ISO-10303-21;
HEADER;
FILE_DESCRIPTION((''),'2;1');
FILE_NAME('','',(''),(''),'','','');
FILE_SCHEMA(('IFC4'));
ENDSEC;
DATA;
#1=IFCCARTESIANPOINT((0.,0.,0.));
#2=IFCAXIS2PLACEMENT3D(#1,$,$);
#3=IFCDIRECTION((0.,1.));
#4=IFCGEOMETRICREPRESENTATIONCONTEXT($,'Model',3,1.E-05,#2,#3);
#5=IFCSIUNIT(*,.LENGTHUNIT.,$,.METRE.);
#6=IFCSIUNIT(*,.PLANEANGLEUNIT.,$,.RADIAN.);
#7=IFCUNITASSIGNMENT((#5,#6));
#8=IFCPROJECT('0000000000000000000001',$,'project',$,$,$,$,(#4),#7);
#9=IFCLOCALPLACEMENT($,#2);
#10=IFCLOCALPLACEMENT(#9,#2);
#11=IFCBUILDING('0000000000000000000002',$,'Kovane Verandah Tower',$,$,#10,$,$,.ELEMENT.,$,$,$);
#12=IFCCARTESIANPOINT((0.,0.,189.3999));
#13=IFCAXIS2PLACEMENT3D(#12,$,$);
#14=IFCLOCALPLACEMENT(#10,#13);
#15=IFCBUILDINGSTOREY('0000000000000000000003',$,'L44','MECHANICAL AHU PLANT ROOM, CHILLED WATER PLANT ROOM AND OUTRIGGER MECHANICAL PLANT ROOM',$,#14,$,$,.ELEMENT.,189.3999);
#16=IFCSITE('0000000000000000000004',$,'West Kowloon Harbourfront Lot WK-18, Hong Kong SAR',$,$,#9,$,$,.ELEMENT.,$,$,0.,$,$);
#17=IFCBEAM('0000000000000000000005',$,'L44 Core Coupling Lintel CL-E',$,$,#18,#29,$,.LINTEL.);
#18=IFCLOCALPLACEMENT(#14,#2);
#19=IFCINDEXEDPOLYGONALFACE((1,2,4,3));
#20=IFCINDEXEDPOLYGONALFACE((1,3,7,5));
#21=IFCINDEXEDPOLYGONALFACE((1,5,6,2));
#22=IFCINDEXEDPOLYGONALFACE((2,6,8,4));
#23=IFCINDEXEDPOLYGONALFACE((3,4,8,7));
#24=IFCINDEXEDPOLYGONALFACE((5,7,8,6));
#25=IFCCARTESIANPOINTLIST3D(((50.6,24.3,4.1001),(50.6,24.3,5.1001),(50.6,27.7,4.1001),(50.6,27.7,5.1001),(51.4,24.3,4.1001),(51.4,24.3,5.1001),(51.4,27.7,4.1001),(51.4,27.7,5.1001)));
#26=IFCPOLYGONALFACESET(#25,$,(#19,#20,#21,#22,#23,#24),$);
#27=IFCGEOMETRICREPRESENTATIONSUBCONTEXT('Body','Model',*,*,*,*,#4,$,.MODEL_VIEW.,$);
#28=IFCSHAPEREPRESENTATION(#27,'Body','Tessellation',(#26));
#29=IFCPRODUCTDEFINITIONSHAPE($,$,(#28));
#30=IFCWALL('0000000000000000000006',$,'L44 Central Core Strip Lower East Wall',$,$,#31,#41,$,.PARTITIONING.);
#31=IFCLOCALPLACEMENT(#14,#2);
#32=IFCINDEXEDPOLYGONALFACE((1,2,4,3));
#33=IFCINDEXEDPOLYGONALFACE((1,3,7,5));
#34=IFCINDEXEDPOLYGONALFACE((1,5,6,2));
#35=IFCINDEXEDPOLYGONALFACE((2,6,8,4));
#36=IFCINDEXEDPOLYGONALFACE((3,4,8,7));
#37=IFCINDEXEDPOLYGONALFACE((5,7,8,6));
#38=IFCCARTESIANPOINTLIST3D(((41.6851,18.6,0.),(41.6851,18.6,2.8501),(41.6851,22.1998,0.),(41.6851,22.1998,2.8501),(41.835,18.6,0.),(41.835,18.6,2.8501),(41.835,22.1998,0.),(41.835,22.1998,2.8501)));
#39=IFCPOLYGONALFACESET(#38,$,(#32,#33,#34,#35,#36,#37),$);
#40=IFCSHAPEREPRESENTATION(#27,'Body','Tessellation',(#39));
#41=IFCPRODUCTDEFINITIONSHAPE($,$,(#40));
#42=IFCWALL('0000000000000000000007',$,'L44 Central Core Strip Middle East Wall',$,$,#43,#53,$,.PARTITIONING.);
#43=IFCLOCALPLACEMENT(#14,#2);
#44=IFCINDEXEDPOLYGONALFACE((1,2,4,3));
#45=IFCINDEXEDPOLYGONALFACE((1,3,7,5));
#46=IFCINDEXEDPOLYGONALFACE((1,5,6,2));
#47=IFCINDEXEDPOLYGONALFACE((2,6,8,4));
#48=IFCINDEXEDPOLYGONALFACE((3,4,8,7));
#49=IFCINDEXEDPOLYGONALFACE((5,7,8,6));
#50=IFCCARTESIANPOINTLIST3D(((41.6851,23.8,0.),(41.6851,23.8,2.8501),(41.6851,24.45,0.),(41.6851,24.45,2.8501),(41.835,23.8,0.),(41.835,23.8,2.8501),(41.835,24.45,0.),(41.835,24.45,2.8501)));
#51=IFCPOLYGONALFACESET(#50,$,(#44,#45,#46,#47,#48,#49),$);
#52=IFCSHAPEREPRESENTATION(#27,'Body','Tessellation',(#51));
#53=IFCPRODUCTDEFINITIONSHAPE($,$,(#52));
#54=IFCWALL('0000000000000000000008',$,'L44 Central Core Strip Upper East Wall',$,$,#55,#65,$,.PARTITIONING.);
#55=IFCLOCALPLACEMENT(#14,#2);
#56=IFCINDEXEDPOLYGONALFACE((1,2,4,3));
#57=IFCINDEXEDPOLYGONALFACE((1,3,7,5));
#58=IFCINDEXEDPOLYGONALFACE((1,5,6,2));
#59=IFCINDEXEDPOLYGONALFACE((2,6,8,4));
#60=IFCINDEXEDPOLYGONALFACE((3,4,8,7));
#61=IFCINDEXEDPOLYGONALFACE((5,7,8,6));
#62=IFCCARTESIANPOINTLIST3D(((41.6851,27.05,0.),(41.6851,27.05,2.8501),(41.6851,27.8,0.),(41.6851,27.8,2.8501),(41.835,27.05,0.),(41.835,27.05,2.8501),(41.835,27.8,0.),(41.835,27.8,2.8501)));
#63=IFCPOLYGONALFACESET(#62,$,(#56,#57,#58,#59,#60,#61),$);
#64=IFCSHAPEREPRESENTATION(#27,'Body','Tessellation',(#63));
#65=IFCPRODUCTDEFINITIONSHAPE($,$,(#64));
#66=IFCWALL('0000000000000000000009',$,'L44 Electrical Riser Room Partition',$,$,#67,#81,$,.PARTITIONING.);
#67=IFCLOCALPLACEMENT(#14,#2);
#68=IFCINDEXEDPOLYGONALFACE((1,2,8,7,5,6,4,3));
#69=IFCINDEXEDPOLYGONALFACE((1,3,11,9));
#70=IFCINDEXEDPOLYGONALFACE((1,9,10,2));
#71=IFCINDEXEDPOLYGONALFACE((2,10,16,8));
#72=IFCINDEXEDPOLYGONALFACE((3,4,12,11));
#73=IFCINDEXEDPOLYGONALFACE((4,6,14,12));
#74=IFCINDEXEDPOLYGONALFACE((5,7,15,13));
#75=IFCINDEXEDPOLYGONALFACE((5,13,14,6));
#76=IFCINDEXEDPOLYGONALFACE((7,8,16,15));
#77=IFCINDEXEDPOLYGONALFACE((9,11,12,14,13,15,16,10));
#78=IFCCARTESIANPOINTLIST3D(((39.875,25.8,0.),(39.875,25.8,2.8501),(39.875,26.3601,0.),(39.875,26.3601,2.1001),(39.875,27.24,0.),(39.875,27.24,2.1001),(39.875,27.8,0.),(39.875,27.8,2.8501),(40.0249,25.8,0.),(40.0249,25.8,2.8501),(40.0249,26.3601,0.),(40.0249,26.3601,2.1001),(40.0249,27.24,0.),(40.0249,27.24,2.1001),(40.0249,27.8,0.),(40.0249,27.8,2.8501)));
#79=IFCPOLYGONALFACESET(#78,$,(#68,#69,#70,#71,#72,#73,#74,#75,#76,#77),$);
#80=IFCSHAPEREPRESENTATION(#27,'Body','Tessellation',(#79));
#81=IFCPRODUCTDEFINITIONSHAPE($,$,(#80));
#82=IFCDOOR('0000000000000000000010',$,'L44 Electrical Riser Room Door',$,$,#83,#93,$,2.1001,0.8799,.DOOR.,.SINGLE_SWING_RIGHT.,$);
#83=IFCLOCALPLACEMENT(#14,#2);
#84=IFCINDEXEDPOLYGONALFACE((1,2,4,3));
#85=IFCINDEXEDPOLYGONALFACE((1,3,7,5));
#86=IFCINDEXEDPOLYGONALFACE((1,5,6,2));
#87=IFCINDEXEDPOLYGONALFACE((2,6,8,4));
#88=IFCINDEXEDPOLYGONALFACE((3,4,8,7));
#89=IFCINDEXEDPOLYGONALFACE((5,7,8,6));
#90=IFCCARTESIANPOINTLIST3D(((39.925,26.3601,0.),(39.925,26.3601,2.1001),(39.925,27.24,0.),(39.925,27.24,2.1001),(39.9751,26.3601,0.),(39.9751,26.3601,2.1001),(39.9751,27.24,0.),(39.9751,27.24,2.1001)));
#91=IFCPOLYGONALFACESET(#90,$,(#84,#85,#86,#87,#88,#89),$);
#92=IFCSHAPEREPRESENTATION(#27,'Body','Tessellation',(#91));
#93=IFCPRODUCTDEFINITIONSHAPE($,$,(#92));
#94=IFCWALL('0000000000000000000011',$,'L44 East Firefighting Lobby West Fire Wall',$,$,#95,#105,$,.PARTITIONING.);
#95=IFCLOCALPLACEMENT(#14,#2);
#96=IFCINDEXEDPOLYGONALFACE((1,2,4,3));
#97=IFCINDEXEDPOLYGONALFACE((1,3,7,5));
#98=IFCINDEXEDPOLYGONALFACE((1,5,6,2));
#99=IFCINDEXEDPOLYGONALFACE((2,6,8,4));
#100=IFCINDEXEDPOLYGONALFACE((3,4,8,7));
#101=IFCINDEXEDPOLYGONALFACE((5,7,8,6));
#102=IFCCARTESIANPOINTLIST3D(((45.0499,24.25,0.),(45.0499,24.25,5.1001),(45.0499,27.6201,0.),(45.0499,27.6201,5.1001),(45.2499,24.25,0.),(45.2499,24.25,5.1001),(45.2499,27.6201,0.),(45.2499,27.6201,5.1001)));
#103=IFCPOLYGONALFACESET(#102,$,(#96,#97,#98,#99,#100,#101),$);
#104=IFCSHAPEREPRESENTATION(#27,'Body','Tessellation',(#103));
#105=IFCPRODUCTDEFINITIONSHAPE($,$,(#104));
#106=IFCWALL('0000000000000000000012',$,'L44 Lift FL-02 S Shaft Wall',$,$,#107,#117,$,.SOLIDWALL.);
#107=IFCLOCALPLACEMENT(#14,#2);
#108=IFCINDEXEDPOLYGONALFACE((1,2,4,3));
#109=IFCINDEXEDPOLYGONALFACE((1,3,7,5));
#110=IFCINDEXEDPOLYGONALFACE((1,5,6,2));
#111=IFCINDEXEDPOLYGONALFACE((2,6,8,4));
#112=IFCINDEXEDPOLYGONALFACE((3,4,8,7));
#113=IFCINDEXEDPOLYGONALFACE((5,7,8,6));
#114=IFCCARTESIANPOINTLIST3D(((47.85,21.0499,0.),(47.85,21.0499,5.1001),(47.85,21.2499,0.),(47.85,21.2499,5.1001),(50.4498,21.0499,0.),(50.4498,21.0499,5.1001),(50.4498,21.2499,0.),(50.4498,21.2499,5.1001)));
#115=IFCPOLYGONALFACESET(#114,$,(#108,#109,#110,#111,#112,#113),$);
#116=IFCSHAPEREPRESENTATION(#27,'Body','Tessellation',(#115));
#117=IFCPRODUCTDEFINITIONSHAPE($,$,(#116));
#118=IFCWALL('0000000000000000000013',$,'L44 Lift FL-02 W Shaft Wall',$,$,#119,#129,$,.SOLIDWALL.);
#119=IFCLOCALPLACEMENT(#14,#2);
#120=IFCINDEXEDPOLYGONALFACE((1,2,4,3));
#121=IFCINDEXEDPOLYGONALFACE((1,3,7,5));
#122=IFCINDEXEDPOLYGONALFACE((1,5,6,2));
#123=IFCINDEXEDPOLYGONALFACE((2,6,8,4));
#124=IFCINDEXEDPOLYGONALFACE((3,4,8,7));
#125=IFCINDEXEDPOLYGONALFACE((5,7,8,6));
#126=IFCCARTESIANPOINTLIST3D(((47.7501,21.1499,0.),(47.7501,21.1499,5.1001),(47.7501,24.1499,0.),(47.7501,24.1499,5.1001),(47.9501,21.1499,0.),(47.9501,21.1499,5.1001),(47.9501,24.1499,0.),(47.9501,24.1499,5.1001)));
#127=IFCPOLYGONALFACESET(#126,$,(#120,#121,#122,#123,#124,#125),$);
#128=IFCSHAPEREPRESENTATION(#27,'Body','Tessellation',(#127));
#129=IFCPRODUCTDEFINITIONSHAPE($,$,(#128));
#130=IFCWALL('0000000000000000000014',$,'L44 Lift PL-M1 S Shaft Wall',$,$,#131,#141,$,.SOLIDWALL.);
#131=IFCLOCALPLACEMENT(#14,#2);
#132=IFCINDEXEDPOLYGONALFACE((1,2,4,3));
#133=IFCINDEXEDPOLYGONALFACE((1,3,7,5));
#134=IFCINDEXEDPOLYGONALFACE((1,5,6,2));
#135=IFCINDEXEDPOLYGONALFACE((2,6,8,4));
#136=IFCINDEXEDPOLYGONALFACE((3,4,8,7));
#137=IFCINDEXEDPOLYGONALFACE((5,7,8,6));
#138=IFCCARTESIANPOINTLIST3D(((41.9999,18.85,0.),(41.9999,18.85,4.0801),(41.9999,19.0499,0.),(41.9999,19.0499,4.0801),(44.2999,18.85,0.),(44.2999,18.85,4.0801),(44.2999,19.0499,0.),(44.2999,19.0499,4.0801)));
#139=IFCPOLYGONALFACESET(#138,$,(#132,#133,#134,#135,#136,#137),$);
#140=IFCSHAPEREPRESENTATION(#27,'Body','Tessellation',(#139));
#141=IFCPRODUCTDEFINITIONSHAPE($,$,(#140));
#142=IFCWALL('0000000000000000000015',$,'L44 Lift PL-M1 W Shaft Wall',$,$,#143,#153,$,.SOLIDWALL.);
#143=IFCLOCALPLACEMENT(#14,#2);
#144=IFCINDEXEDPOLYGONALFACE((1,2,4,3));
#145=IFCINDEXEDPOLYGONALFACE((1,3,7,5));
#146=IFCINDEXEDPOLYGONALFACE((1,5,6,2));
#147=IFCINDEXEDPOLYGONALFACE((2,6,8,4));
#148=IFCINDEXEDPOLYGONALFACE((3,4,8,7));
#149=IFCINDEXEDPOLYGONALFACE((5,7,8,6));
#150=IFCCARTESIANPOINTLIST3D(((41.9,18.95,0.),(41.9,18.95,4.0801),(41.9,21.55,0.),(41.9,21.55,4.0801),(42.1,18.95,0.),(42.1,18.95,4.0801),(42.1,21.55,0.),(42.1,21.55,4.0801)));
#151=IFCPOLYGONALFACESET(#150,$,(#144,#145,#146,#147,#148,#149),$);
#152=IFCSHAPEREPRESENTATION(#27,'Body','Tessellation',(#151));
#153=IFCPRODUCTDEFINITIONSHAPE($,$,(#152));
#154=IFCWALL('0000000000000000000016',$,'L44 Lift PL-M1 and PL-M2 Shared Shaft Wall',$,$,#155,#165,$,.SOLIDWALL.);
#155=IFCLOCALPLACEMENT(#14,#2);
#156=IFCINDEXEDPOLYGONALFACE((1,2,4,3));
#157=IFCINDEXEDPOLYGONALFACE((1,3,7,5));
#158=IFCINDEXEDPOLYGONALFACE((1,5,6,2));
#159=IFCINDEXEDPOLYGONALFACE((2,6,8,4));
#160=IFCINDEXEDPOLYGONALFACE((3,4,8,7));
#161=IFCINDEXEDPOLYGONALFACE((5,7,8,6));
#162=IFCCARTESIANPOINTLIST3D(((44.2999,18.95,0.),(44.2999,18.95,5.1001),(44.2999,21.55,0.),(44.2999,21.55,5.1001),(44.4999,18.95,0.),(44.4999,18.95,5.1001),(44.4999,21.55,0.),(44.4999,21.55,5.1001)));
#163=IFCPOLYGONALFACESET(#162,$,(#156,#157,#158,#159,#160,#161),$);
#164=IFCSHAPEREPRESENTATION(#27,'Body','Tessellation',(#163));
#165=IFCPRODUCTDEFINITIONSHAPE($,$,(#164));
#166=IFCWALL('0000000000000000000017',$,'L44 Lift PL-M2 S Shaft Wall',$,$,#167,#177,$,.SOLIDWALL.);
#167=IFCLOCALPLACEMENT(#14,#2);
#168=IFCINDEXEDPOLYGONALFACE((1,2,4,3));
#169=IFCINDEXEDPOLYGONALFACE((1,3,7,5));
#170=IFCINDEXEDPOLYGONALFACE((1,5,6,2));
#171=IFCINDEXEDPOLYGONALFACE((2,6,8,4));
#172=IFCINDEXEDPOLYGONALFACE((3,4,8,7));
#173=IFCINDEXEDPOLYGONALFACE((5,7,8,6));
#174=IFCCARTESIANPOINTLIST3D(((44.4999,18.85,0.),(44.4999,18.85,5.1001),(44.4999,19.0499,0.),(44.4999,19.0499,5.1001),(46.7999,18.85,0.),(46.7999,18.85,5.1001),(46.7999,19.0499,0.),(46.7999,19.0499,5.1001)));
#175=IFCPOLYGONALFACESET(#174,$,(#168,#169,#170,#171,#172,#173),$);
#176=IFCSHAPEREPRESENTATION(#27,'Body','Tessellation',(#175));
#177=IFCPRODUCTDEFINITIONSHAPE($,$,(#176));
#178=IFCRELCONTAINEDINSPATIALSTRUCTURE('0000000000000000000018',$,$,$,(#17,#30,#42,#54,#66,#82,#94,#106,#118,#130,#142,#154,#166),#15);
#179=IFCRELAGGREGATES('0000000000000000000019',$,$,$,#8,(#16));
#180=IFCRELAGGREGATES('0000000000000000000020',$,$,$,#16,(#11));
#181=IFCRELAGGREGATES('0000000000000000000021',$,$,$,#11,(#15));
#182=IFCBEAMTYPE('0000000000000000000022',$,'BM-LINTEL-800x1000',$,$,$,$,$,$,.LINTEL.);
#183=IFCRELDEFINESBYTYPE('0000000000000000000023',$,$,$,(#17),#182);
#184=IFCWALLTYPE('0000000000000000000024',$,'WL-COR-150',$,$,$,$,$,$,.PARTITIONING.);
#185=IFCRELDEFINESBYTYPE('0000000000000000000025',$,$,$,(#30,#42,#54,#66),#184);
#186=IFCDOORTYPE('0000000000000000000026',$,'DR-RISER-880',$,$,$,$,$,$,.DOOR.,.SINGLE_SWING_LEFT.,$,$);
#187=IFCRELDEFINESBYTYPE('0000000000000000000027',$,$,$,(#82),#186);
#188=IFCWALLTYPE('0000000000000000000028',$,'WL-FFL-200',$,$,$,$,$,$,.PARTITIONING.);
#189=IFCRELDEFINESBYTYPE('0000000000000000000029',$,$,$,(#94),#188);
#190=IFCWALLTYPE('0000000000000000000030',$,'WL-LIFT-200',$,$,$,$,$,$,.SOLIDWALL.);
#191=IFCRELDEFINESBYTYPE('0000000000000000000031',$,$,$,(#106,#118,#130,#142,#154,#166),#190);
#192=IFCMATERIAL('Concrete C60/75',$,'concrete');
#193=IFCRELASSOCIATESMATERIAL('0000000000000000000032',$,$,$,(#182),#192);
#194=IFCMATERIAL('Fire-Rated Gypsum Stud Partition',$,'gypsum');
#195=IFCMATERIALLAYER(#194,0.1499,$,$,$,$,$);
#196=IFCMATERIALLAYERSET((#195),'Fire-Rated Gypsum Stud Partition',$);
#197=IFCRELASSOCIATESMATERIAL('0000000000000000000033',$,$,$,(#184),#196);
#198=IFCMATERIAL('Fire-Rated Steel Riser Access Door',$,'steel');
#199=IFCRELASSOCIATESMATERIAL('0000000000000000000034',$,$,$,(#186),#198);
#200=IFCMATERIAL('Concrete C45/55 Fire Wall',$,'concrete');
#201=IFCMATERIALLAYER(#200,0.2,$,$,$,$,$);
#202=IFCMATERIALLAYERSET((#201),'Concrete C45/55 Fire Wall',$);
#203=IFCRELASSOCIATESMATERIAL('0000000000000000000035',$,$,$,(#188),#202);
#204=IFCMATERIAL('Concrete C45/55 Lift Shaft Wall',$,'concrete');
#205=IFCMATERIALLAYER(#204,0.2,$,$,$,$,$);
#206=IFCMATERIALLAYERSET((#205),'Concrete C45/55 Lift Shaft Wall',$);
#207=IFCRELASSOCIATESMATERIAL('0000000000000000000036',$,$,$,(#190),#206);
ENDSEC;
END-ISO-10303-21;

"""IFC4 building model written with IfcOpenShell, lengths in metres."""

from ifc_helpers import new_model, si_unit, direction, frame, frame_2d, origin, origin_2d, place, context, subcontext, project, spatial, rectangle, extrude, material, layer, layer_set, material_profile, profile_set, type_object, element, fill, save


model = new_model("IFC4")

# Units and contexts
model_context = context("Model", 3, precision=1e-05, world=origin(), true_north=direction((0.0, 1.0)))
body_context = subcontext(model_context, "Body", "Model", "MODEL_VIEW")
ifc_project = project(units=[si_unit("LENGTHUNIT", "METRE"), si_unit("PLANEANGLEUNIT", "RADIAN")], contexts=[model_context])

# Site, building, storey
site_placement = place(None, origin())
site = spatial("IfcSite", under=ifc_project, at=site_placement, Name="West Kowloon Harbourfront Lot WK-18, Hong Kong SAR", CompositionType="ELEMENT", RefElevation=0.0)
building_placement = place(site_placement, origin())
building = spatial("IfcBuilding", under=site, at=building_placement, Name="Kovane Verandah Tower", CompositionType="ELEMENT")
storey_placement = place(building_placement, frame((0.0, 0.0, 189.3999)))
storey = spatial("IfcBuildingStorey", under=building, at=storey_placement, Name="L44", Description="MECHANICAL AHU PLANT ROOM, CHILLED WATER PLANT ROOM AND OUTRIGGER MECHANICAL PLANT ROOM", CompositionType="ELEMENT", Elevation=189.3999)

# Beam
ifc_material_1 = material(Name="Concrete C60/75", Category="concrete")
ifc_material_profile = material_profile(ifc_material_1, rectangle(XDim=0.8, YDim=1.0, at=origin_2d()), Name="RCB800x1000")
ifc_profile_set = profile_set([ifc_material_profile], Name="Concrete C60/75")
beam_type = type_object("IfcBeamType", Name="BM-LINTEL-800x1000", PredefinedType="LINTEL", material=ifc_profile_set)
beam_placement = place(storey_placement, frame((51.0, 24.3, 4.6001), z_axis=(0.0, 1.0, 0.0), x_axis=(-1.0, 0.0, 0.0)))
element("IfcBeam", 1, at=beam_placement, inside=storey, type_object=beam_type, Name="L44 Core Coupling Lintel CL-E", PredefinedType="LINTEL", context=body_context, shape_type="SweptSolid", body=[
    extrude(rectangle(XDim=0.8, YDim=1.0, at=origin_2d()), origin(), (0.0, 0.0, 1.0), 3.3999),
])

# Walls
ifc_material_2 = material(Name="Fire-Rated Gypsum Stud Partition", Category="gypsum")
ifc_layer_1 = layer(ifc_material_2, 0.1499)
ifc_layer_set_1 = layer_set([ifc_layer_1], Name="Fire-Rated Gypsum Stud Partition")
wall_type_1 = type_object("IfcWallType", Name="WL-COR-150", PredefinedType="PARTITIONING", material=ifc_layer_set_1)
wall_1_placement = place(storey_placement, frame((41.76, 18.6001, 0.0), z_axis=(0.0, 0.0, 1.0), x_axis=(0.0, 1.0, 0.0)))
element("IfcWall", 2, at=wall_1_placement, inside=storey, type_object=wall_type_1, Name="L44 Central Core Strip Lower East Wall", PredefinedType="PARTITIONING", context=body_context, shape_type="SweptSolid", body=[
    extrude(rectangle(XDim=3.5999, YDim=0.1499, at=frame_2d((1.7998, 0.0))), origin(), (0.0, 0.0, 1.0), 2.8501),
])
wall_2_placement = place(storey_placement, frame((41.76, 23.8, 0.0), z_axis=(0.0, 0.0, 1.0), x_axis=(0.0, 1.0, 0.0)))
element("IfcWall", 3, at=wall_2_placement, inside=storey, type_object=wall_type_1, Name="L44 Central Core Strip Middle East Wall", PredefinedType="PARTITIONING", context=body_context, shape_type="SweptSolid", body=[
    extrude(rectangle(XDim=0.6499, YDim=0.1499, at=frame_2d((0.325, 0.0))), origin(), (0.0, 0.0, 1.0), 2.8501),
])
wall_3_placement = place(storey_placement, frame((41.76, 27.05, 0.0), z_axis=(0.0, 0.0, 1.0), x_axis=(0.0, 1.0, 0.0)))
element("IfcWall", 4, at=wall_3_placement, inside=storey, type_object=wall_type_1, Name="L44 Central Core Strip Upper East Wall", PredefinedType="PARTITIONING", context=body_context, shape_type="SweptSolid", body=[
    extrude(rectangle(XDim=0.75, YDim=0.1499, at=frame_2d((0.375, 0.0))), origin(), (0.0, 0.0, 1.0), 2.8501),
])

# Wall, opening, door
wall_4_placement = place(storey_placement, frame((39.95, 25.8, 0.0), z_axis=(0.0, 0.0, 1.0), x_axis=(0.0, 1.0, 0.0)))
wall_4 = element("IfcWall", 5, at=wall_4_placement, inside=storey, type_object=wall_type_1, Name="L44 Electrical Riser Room Partition", PredefinedType="PARTITIONING", context=body_context, shape_type="SweptSolid", body=[
    extrude(rectangle(XDim=2.0, YDim=0.1499, at=frame_2d((1.0, 0.0))), origin(), (0.0, 0.0, 1.0), 2.8501),
])
opening_1_placement = place(wall_4_placement, frame((0.5601, 0.0, 0.0)))
opening_1 = element("IfcOpeningElement", 6, at=opening_1_placement, cuts=wall_4, PredefinedType="OPENING", context=body_context, shape_type="SweptSolid", body=[
    extrude(rectangle(XDim=0.8799, YDim=2.1001, at=frame_2d((0.4399, 1.05))), frame((0.0, 0.075, 0.0), z_axis=(0.0, -1.0, 0.0), x_axis=(1.0, 0.0, 0.0)), (0.0, 0.0, 1.0), 0.1499),
])
ifc_material_3 = material(Name="Fire-Rated Steel Riser Access Door", Category="steel")
door_type_1 = type_object("IfcDoorType", Name="DR-RISER-880", OperationType="SINGLE_SWING_LEFT", PredefinedType="DOOR", material=ifc_material_3)
door_1_placement = place(opening_1_placement, origin())
door_1 = element("IfcDoor", 7, at=door_1_placement, inside=storey, type_object=door_type_1, Name="L44 Electrical Riser Room Door", OperationType="SINGLE_SWING_RIGHT", OverallHeight=2.1001, OverallWidth=0.8799, PredefinedType="DOOR", context=body_context, shape_type="SweptSolid", body=[
    extrude(rectangle(XDim=0.8799, YDim=2.1001, at=frame_2d((0.4399, 1.05))), frame((0.0, 0.0249, 0.0), z_axis=(0.0, -1.0, 0.0), x_axis=(1.0, 0.0, 0.0)), (0.0, 0.0, 1.0), 0.05),
])
fill(opening_1, door_1)

# Wall
ifc_material_4 = material(Name="Concrete C45/55 Fire Wall", Category="concrete")
ifc_layer_2 = layer(ifc_material_4, 0.2)
ifc_layer_set_2 = layer_set([ifc_layer_2], Name="Concrete C45/55 Fire Wall")
wall_type_2 = type_object("IfcWallType", Name="WL-FFL-200", PredefinedType="PARTITIONING", material=ifc_layer_set_2)
wall_5_placement = place(storey_placement, frame((45.1499, 24.25, 0.0), z_axis=(0.0, 0.0, 1.0), x_axis=(0.0, 1.0, 0.0)))
element("IfcWall", 8, at=wall_5_placement, inside=storey, type_object=wall_type_2, Name="L44 East Firefighting Lobby West Fire Wall", PredefinedType="PARTITIONING", context=body_context, shape_type="SweptSolid", body=[
    extrude(rectangle(XDim=3.3701, YDim=0.2, at=frame_2d((1.6851, 0.0))), origin(), (0.0, 0.0, 1.0), 5.1001),
])

# Wall
ifc_material_5 = material(Name="Concrete C45/55 Lift Shaft Wall", Category="concrete")
ifc_layer_3 = layer(ifc_material_5, 0.2)
ifc_layer_set_3 = layer_set([ifc_layer_3], Name="Concrete C45/55 Lift Shaft Wall")
wall_type_3 = type_object("IfcWallType", Name="WL-LIFT-200", PredefinedType="SOLIDWALL", material=ifc_layer_set_3)
wall_6_placement = place(storey_placement, frame((47.8501, 21.1499, 0.0), z_axis=(0.0, 0.0, 1.0), x_axis=(1.0, 0.0, 0.0)))
element("IfcWall", 9, at=wall_6_placement, inside=storey, type_object=wall_type_3, Name="L44 Lift FL-02 S Shaft Wall", PredefinedType="SOLIDWALL", context=body_context, shape_type="SweptSolid", body=[
    extrude(rectangle(XDim=2.5999, YDim=0.2, at=frame_2d((1.2998, 0.0))), origin(), (0.0, 0.0, 1.0), 5.1001),
])

# Walls
wall_7_placement = place(storey_placement, frame((47.8501, 24.1499, 0.0), z_axis=(0.0, 0.0, 1.0), x_axis=(0.0, -1.0, 0.0)))
element("IfcWall", 10, at=wall_7_placement, inside=storey, type_object=wall_type_3, Name="L44 Lift FL-02 W Shaft Wall", PredefinedType="SOLIDWALL", context=body_context, shape_type="SweptSolid", body=[
    extrude(rectangle(XDim=3.0, YDim=0.2, at=frame_2d((1.5, 0.0))), origin(), (0.0, 0.0, 1.0), 5.1001),
])
wall_8_placement = place(storey_placement, frame((42.0, 18.95, 0.0), z_axis=(0.0, 0.0, 1.0), x_axis=(1.0, 0.0, 0.0)))
element("IfcWall", 11, at=wall_8_placement, inside=storey, type_object=wall_type_3, Name="L44 Lift PL-M1 S Shaft Wall", PredefinedType="SOLIDWALL", context=body_context, shape_type="SweptSolid", body=[
    extrude(rectangle(XDim=2.3, YDim=0.2, at=frame_2d((1.1499, 0.0))), origin(), (0.0, 0.0, 1.0), 4.0801),
])

# Walls
wall_9_placement = place(storey_placement, frame((42.0, 21.55, 0.0), z_axis=(0.0, 0.0, 1.0), x_axis=(0.0, -1.0, 0.0)))
element("IfcWall", 12, at=wall_9_placement, inside=storey, type_object=wall_type_3, Name="L44 Lift PL-M1 W Shaft Wall", PredefinedType="SOLIDWALL", context=body_context, shape_type="SweptSolid", body=[
    extrude(rectangle(XDim=2.6001, YDim=0.2, at=frame_2d((1.3, 0.0))), origin(), (0.0, 0.0, 1.0), 4.0801),
])
wall_10_placement = place(storey_placement, frame((44.3999, 18.95, 0.0), z_axis=(0.0, 0.0, 1.0), x_axis=(0.0, 1.0, 0.0)))
element("IfcWall", 13, at=wall_10_placement, inside=storey, type_object=wall_type_3, Name="L44 Lift PL-M1 and PL-M2 Shared Shaft Wall", PredefinedType="SOLIDWALL", context=body_context, shape_type="SweptSolid", body=[
    extrude(rectangle(XDim=2.6001, YDim=0.2, at=frame_2d((1.3, 0.0))), origin(), (0.0, 0.0, 1.0), 5.1001),
])
wall_11_placement = place(storey_placement, frame((44.5, 18.95, 0.0), z_axis=(0.0, 0.0, 1.0), x_axis=(1.0, 0.0, 0.0)))
element("IfcWall", 14, at=wall_11_placement, inside=storey, type_object=wall_type_3, Name="L44 Lift PL-M2 S Shaft Wall", PredefinedType="SOLIDWALL", context=body_context, shape_type="SweptSolid", body=[
    extrude(rectangle(XDim=2.3, YDim=0.2, at=frame_2d((1.1499, 0.0))), origin(), (0.0, 0.0, 1.0), 5.1001),
])

save(model, "model.ifc")
